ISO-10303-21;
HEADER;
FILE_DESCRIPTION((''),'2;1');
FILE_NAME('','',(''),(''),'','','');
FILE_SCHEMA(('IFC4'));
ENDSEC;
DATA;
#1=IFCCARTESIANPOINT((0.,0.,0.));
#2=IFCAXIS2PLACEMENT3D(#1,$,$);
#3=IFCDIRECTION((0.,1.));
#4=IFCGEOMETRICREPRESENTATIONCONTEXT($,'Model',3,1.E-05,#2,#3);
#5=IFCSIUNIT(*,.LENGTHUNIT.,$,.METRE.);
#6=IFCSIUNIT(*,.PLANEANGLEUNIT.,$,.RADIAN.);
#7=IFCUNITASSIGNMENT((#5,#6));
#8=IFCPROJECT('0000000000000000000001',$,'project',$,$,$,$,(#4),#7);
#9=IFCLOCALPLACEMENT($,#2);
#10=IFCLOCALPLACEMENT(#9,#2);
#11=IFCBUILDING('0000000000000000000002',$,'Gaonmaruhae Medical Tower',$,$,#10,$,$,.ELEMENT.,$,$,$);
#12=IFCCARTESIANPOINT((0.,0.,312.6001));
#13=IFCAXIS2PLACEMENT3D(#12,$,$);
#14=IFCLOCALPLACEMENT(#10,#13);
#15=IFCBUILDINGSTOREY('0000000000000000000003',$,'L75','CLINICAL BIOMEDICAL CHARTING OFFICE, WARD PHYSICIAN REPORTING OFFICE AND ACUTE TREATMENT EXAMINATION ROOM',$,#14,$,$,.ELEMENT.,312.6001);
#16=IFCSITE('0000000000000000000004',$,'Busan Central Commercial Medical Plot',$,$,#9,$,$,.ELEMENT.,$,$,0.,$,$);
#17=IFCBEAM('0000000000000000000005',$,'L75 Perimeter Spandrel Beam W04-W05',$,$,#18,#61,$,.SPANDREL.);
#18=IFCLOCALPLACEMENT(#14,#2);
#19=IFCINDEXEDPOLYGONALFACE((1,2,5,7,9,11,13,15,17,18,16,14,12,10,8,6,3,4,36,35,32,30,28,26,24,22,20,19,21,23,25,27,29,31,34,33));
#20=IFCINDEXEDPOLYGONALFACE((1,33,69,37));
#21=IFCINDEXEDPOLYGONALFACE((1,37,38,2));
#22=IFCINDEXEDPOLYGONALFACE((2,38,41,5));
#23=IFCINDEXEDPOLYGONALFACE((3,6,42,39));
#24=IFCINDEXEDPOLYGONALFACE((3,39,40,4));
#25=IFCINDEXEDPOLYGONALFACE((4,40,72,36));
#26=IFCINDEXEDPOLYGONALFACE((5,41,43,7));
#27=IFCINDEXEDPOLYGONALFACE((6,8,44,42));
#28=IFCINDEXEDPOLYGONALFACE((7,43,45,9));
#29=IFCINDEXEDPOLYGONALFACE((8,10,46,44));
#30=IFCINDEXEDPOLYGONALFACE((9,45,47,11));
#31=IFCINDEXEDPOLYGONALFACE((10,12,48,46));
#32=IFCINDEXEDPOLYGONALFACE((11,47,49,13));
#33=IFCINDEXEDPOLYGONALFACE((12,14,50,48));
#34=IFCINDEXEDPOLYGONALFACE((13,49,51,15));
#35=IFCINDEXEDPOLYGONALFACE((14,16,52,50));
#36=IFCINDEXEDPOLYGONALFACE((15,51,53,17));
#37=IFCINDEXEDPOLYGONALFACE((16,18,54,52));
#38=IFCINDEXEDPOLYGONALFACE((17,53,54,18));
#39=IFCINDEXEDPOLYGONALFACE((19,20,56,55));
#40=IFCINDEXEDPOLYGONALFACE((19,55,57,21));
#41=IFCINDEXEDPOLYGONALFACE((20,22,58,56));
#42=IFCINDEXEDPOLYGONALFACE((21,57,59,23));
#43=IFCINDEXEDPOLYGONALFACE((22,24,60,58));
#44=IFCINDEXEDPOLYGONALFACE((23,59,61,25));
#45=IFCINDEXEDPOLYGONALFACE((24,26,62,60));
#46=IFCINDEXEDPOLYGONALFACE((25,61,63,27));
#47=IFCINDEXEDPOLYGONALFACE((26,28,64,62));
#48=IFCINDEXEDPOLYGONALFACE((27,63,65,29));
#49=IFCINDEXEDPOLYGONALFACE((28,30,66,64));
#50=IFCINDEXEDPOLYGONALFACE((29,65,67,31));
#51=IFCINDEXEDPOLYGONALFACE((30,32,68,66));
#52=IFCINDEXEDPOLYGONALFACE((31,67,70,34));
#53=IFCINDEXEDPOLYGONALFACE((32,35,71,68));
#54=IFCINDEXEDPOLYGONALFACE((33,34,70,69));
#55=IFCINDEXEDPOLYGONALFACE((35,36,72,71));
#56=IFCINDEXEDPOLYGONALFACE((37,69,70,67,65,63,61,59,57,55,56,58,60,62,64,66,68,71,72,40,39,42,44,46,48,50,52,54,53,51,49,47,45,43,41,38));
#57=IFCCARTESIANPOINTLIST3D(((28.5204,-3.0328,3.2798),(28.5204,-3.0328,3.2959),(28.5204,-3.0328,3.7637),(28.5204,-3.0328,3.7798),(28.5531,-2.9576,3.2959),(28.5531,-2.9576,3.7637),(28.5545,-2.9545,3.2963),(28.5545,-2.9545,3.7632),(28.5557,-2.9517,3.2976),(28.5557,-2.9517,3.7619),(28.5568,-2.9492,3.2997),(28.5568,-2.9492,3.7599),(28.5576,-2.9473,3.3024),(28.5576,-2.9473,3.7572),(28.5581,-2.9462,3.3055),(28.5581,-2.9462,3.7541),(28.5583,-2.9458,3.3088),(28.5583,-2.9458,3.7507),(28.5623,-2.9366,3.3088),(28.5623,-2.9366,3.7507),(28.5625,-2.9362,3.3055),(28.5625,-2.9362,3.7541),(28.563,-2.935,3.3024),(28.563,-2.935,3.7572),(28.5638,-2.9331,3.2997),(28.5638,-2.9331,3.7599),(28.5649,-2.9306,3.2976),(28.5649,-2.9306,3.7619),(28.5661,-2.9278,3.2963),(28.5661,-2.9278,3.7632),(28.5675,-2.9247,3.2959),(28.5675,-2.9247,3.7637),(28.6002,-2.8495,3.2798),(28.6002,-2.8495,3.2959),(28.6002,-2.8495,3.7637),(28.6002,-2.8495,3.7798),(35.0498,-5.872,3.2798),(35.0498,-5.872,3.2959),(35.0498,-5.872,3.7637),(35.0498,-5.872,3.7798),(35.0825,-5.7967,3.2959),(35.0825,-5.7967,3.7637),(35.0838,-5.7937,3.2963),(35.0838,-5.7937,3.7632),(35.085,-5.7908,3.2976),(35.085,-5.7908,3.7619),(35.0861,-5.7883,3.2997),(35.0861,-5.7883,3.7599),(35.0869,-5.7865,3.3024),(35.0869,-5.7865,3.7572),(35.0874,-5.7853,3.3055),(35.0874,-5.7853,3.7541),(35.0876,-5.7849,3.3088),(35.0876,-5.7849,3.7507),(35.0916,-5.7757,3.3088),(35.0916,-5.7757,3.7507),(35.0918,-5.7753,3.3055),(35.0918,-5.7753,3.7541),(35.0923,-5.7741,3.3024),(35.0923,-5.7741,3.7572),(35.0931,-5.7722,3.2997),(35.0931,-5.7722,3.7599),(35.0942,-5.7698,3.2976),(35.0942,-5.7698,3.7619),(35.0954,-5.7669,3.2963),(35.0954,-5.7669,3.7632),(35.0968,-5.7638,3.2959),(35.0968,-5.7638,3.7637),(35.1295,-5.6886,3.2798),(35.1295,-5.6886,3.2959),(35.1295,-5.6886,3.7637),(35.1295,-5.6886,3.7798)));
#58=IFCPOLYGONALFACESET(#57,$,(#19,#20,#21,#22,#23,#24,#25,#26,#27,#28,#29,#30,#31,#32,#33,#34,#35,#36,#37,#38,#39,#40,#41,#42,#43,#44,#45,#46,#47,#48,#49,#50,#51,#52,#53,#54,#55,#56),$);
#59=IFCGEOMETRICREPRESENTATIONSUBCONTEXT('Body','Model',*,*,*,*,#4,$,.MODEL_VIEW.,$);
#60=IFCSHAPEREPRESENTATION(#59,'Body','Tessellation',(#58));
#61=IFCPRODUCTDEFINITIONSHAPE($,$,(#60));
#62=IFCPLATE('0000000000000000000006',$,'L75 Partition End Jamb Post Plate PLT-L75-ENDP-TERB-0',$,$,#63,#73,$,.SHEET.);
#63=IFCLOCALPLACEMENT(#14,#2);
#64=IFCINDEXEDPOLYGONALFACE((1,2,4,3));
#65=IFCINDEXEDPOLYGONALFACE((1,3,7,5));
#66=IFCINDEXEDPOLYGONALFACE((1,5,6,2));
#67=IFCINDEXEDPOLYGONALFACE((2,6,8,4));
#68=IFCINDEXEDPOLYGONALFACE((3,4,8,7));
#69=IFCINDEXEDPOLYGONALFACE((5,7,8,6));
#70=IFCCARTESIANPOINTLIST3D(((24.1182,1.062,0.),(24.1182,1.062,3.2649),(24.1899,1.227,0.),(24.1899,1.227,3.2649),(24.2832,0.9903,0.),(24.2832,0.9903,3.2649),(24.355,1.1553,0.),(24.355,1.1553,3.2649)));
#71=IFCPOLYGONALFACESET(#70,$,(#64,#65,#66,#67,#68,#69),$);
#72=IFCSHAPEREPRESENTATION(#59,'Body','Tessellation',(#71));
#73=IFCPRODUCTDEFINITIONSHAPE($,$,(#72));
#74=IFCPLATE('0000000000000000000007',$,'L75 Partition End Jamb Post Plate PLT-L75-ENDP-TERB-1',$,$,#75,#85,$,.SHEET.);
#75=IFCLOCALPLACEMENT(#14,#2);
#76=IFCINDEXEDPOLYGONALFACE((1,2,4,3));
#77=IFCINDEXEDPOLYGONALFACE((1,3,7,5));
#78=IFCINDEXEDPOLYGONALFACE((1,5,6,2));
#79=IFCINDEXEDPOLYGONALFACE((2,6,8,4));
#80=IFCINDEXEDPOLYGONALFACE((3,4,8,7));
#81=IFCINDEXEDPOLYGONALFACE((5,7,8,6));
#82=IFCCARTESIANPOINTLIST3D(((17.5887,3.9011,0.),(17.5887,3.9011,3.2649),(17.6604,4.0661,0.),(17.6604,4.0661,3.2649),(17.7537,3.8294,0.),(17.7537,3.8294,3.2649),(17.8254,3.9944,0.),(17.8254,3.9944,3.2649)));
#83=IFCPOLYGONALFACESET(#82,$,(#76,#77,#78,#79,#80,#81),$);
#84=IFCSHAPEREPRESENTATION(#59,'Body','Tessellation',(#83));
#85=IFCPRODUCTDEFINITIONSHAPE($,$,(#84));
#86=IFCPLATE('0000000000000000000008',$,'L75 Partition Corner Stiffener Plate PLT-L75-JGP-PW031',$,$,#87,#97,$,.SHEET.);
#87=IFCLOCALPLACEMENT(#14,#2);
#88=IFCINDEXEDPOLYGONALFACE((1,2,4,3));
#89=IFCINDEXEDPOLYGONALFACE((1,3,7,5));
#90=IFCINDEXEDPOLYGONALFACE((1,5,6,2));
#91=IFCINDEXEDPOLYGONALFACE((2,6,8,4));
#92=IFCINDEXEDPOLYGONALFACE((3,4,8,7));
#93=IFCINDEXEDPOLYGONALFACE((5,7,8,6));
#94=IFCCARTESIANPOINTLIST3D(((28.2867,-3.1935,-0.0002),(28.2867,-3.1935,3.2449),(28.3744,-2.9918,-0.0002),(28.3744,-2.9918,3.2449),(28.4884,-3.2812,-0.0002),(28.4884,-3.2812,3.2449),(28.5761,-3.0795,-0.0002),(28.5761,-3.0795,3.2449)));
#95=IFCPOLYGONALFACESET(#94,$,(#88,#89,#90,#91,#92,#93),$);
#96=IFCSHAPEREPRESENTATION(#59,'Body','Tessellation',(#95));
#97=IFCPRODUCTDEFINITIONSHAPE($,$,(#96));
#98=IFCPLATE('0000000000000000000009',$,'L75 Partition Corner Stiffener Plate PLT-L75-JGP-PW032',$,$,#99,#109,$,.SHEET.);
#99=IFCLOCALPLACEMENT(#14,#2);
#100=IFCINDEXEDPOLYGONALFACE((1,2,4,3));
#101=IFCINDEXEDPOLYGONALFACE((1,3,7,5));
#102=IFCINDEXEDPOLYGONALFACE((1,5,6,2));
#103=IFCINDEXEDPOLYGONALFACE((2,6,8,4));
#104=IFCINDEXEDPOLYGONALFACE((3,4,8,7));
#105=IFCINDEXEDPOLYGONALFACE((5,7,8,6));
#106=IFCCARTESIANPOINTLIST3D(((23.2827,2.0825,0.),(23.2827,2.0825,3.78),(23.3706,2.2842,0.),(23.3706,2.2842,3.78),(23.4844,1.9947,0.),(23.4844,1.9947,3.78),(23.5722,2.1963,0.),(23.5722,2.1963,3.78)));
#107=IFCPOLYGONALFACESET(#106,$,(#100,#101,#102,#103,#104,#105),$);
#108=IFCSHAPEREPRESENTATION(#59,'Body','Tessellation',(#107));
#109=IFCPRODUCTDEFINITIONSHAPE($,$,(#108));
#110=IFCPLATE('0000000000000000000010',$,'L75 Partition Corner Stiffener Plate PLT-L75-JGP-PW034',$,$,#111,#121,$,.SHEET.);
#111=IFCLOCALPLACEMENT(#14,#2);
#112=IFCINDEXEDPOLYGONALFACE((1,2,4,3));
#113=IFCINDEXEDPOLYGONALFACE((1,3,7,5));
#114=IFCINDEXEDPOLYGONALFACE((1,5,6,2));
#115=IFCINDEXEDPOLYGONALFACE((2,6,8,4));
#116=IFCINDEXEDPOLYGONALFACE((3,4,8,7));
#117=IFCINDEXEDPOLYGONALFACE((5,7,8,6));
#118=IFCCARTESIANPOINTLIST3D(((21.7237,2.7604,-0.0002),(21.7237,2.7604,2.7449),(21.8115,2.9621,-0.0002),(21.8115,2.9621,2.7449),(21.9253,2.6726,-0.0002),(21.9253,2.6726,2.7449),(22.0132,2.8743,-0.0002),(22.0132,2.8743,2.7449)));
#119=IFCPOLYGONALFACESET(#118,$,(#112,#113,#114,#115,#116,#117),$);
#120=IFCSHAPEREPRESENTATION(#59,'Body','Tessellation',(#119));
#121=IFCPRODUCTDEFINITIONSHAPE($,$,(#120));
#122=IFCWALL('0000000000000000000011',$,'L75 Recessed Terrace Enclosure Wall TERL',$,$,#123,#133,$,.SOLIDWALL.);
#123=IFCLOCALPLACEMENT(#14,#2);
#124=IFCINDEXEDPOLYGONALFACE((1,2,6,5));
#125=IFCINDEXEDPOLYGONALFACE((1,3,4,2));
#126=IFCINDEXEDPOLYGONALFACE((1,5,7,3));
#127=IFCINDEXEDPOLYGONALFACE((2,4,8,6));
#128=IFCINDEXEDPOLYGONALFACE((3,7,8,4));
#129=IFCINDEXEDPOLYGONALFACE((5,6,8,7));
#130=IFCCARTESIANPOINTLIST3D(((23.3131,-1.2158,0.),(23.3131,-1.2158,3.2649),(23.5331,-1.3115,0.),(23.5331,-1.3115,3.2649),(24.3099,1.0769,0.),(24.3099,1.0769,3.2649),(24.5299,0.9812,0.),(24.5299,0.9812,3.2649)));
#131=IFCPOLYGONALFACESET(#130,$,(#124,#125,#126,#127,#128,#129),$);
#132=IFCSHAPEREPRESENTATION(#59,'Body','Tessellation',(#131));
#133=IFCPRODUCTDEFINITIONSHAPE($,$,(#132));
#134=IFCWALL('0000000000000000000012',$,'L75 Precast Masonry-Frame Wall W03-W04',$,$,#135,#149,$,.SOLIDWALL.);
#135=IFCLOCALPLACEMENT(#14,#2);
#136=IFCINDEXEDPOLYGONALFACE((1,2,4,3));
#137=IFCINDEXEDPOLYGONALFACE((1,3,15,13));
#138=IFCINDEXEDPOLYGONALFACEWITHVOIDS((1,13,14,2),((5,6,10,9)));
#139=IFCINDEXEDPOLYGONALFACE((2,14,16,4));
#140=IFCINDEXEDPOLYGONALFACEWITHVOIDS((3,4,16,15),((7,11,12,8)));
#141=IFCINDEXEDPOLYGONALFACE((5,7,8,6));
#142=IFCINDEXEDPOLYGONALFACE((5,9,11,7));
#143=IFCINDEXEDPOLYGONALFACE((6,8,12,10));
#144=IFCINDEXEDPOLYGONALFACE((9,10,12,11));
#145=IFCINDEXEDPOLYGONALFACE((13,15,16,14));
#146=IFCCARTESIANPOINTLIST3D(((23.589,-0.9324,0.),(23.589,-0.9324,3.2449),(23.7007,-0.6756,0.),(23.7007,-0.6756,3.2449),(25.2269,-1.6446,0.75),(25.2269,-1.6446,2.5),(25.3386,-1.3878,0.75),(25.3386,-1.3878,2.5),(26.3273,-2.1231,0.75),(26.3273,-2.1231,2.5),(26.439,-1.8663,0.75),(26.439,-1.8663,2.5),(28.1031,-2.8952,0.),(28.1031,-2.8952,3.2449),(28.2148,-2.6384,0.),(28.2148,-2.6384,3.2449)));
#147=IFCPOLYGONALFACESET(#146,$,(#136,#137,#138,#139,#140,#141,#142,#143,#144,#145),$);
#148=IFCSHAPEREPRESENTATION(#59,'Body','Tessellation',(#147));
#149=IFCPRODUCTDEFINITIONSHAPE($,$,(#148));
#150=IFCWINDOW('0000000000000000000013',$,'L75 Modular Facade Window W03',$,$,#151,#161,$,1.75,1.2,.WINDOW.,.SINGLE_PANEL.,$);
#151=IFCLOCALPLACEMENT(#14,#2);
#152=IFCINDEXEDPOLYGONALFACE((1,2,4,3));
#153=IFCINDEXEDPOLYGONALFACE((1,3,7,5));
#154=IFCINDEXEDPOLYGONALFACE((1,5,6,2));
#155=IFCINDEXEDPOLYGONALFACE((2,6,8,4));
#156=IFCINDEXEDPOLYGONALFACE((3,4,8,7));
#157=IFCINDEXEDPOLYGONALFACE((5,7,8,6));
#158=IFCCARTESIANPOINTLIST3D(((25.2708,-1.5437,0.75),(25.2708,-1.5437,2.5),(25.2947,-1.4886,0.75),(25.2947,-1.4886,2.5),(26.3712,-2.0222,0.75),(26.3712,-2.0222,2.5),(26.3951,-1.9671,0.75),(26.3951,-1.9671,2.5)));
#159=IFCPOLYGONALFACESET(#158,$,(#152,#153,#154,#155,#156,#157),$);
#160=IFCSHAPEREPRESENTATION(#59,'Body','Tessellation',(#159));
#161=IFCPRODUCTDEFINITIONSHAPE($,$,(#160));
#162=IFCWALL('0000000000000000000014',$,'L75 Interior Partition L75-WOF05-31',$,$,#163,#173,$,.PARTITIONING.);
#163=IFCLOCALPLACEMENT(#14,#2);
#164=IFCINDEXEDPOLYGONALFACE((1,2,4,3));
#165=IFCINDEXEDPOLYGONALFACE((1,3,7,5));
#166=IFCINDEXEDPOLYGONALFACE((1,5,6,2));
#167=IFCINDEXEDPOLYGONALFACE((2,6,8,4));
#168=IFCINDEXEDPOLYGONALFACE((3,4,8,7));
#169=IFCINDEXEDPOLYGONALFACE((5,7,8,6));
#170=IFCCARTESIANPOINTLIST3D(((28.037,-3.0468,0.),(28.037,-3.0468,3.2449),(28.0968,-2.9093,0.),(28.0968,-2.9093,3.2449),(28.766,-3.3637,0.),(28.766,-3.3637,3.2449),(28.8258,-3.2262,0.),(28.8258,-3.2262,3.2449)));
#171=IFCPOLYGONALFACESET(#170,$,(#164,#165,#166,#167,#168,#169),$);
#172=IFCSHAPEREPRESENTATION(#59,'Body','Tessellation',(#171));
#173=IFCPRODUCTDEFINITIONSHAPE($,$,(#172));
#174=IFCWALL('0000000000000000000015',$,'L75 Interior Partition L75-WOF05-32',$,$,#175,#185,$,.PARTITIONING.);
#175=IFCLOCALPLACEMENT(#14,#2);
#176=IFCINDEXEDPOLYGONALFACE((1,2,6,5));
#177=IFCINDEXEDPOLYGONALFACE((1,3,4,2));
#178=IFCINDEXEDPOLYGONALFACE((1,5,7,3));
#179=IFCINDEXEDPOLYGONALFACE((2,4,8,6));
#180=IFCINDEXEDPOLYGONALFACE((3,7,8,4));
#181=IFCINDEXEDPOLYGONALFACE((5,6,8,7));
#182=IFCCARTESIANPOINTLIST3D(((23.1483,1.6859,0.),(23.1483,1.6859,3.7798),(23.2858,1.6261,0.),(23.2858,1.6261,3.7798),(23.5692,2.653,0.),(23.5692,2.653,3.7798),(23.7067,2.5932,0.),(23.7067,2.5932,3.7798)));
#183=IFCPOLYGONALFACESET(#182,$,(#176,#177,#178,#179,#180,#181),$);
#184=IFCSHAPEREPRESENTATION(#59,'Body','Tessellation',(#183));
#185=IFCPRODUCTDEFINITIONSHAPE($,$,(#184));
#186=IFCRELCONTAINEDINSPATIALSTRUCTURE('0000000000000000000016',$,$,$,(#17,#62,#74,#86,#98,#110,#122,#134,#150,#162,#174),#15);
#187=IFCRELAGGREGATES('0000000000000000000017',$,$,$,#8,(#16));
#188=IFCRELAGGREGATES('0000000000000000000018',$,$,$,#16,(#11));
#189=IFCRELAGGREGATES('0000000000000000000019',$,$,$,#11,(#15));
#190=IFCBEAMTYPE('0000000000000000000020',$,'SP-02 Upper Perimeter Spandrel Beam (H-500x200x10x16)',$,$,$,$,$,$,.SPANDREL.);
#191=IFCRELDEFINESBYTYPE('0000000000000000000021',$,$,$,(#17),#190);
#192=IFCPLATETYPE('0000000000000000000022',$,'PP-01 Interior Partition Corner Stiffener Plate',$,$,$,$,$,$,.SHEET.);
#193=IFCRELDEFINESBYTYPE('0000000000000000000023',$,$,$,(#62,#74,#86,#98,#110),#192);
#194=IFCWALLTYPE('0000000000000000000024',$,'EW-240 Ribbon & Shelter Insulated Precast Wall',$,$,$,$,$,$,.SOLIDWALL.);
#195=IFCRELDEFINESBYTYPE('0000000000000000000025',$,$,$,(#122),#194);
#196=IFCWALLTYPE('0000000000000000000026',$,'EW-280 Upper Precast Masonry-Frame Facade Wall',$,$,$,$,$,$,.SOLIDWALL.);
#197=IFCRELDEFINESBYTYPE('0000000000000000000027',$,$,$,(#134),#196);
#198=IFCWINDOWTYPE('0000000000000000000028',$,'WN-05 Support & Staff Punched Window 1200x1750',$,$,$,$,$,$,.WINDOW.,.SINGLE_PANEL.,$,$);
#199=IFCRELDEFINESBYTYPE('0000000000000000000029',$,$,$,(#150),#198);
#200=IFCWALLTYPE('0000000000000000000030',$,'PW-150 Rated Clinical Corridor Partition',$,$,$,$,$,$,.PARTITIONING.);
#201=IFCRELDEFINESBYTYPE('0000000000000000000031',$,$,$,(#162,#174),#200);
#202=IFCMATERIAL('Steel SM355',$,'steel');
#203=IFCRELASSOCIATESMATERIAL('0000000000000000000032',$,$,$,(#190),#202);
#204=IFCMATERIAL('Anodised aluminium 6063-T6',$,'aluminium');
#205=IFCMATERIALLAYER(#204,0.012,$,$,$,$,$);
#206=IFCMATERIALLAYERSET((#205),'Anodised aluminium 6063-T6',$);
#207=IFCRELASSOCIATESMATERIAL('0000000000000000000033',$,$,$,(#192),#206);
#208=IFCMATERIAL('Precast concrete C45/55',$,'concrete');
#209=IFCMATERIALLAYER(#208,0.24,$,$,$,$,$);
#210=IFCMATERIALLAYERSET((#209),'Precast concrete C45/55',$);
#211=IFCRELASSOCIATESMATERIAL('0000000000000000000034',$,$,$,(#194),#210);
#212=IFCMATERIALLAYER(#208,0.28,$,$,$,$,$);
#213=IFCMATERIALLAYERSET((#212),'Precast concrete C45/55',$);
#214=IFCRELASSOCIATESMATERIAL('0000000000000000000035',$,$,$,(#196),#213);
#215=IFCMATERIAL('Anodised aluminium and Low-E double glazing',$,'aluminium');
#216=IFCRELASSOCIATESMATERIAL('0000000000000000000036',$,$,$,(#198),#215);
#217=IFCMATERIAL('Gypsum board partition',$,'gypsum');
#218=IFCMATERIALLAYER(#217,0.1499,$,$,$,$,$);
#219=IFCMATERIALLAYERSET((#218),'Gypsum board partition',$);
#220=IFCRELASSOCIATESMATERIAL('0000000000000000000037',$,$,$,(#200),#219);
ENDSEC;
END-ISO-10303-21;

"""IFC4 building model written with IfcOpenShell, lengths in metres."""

from ifc_helpers import new_model, si_unit, direction, frame, frame_2d, origin, origin_2d, place, context, subcontext, project, spatial, rectangle, i_section, extrude, material, layer, layer_set, material_profile, profile_set, type_object, element, fill, save


model = new_model("IFC4")

# Units and contexts
model_context = context("Model", 3, precision=1e-05, world=origin(), true_north=direction((0.0, 1.0)))
body_context = subcontext(model_context, "Body", "Model", "MODEL_VIEW")
ifc_project = project(units=[si_unit("LENGTHUNIT", "METRE"), si_unit("PLANEANGLEUNIT", "RADIAN")], contexts=[model_context])

# Site, building, storey
site_placement = place(None, origin())
site = spatial("IfcSite", under=ifc_project, at=site_placement, Name="Busan Central Commercial Medical Plot", CompositionType="ELEMENT", RefElevation=0.0)
building_placement = place(site_placement, origin())
building = spatial("IfcBuilding", under=site, at=building_placement, Name="Gaonmaruhae Medical Tower", CompositionType="ELEMENT")
storey_placement = place(building_placement, frame((0.0, 0.0, 312.6001)))
storey = spatial("IfcBuildingStorey", under=building, at=storey_placement, Name="L75", Description="CLINICAL BIOMEDICAL CHARTING OFFICE, WARD PHYSICIAN REPORTING OFFICE AND ACUTE TREATMENT EXAMINATION ROOM", CompositionType="ELEMENT", Elevation=312.6001)

# Beam
ifc_material_1 = material(Name="Steel SM355", Category="steel")
ifc_material_profile_1 = material_profile(ifc_material_1, i_section(OverallWidth=0.2, OverallDepth=0.5, WebThickness=0.01, FlangeThickness=0.0161, FilletRadius=0.0129, at=origin_2d()), Name="H-500x200x10x16")
ifc_profile_set_1 = profile_set([ifc_material_profile_1], Name="Steel SM355")
beam_type_1 = type_object("IfcBeamType", Name="SP-02 Upper Perimeter Spandrel Beam (H-500x200x10x16)", PredefinedType="SPANDREL", material=ifc_profile_set_1)
beam_1_placement = place(storey_placement, frame((28.5603, -2.9412, 3.5298), z_axis=(0.917055, -0.39876, 0.0), x_axis=(0.39876, 0.917055, 0.0)))
element("IfcBeam", 1, at=beam_1_placement, inside=storey, type_object=beam_type_1, Name="L75 Perimeter Spandrel Beam W04-W05", PredefinedType="SPANDREL", context=body_context, shape_type="SweptSolid", body=[
    extrude(i_section(OverallWidth=0.2, OverallDepth=0.5, WebThickness=0.01, FlangeThickness=0.0161, FilletRadius=0.0129, at=origin_2d()), origin(), (0.0, 0.0, 1.0), 7.1199),
])

# Plates
ifc_material_2 = material(Name="Anodised aluminium 6063-T6", Category="aluminium")
ifc_layer_1 = layer(ifc_material_2, 0.012)
ifc_layer_set_1 = layer_set([ifc_layer_1], Name="Anodised aluminium 6063-T6")
plate_type = type_object("IfcPlateType", Name="PP-01 Interior Partition Corner Stiffener Plate", PredefinedType="SHEET", material=ifc_layer_set_1)
for number, where, z_axis, x_axis, name in (
    (2, (24.2366, 1.1086, 0.0), (0.0, 0.0, 1.0), (-0.91706, 0.398749, 0.0), "L75 Partition End Jamb Post Plate PLT-L75-ENDP-TERB-0"),
    (3, (17.707, 3.9478, 0.0), (0.0, 0.0, 1.0), (-0.91706, 0.398749, 0.0), "L75 Partition End Jamb Post Plate PLT-L75-ENDP-TERB-1"),
):
    element("IfcPlate", number, at=place(storey_placement, frame(where, z_axis=z_axis, x_axis=x_axis)), inside=storey, type_object=plate_type, Name=name, PredefinedType="SHEET", context=body_context, shape_type="SweptSolid", body=[
        extrude(rectangle(XDim=0.1799, YDim=0.1799, at=origin_2d()), origin(), (0.0, 0.0, 1.0), 3.2649),
    ])
plate_1_placement = place(storey_placement, frame((28.4314, -3.1365, -0.0002), z_axis=(0.0, 0.0, 1.0), x_axis=(-0.917053, 0.398765, 0.0)))
element("IfcPlate", 4, at=plate_1_placement, inside=storey, type_object=plate_type, Name="L75 Partition Corner Stiffener Plate PLT-L75-JGP-PW031", PredefinedType="SHEET", context=body_context, shape_type="SweptSolid", body=[
    extrude(rectangle(XDim=0.22, YDim=0.22, at=origin_2d()), origin(), (0.0, 0.0, 1.0), 3.2451),
])
plate_2_placement = place(storey_placement, frame((23.4275, 2.1394, 0.0), z_axis=(0.0, 0.0, 1.0), x_axis=(0.399181, 0.916872, 0.0)))
element("IfcPlate", 5, at=plate_2_placement, inside=storey, type_object=plate_type, Name="L75 Partition Corner Stiffener Plate PLT-L75-JGP-PW032", PredefinedType="SHEET", context=body_context, shape_type="SweptSolid", body=[
    extrude(rectangle(XDim=0.22, YDim=0.22, at=origin_2d()), origin(), (0.0, 0.0, 1.0), 3.78),
])
plate_3_placement = place(storey_placement, frame((21.8684, 2.8174, -0.0002), z_axis=(0.0, 0.0, 1.0), x_axis=(-0.399181, -0.916872, 0.0)))
element("IfcPlate", 6, at=plate_3_placement, inside=storey, type_object=plate_type, Name="L75 Partition Corner Stiffener Plate PLT-L75-JGP-PW034", PredefinedType="SHEET", context=body_context, shape_type="SweptSolid", body=[
    extrude(rectangle(XDim=0.22, YDim=0.22, at=origin_2d()), origin(), (0.0, 0.0, 1.0), 2.7451),
])

# Shared definitions
ifc_material_3 = material(Name="Precast concrete C45/55", Category="concrete")
ifc_layer_2 = layer(ifc_material_3, 0.24)
ifc_layer_set_2 = layer_set([ifc_layer_2], Name="Precast concrete C45/55")
wall_type_1 = type_object("IfcWallType", Name="EW-240 Ribbon & Shelter Insulated Precast Wall", PredefinedType="SOLIDWALL", material=ifc_layer_set_2)

# Wall
wall_1_placement = place(storey_placement, frame((23.4231, -1.2637, 0.0), z_axis=(0.0, 0.0, 1.0), x_axis=(0.398723, 0.917072, 0.0)))
element("IfcWall", 7, at=wall_1_placement, inside=storey, type_object=wall_type_1, Name="L75 Recessed Terrace Enclosure Wall TERL", PredefinedType="SOLIDWALL", context=body_context, shape_type="SweptSolid", body=[
    extrude(rectangle(XDim=2.5, YDim=0.24, at=frame_2d((1.25, 0.0))), origin(), (0.0, 0.0, 1.0), 3.2649),
])

# Wall, opening, window
ifc_layer_3 = layer(ifc_material_3, 0.28)
ifc_layer_set_3 = layer_set([ifc_layer_3], Name="Precast concrete C45/55")
wall_type_2 = type_object("IfcWallType", Name="EW-280 Upper Precast Masonry-Frame Facade Wall", PredefinedType="SOLIDWALL", material=ifc_layer_set_3)
wall_2_placement = place(storey_placement, frame((28.1589, -2.7668, 0.0), z_axis=(0.0, 0.0, 1.0), x_axis=(-0.917054, 0.398762, 0.0)))
wall_2 = element("IfcWall", 8, at=wall_2_placement, inside=storey, type_object=wall_type_2, Name="L75 Precast Masonry-Frame Wall W03-W04", PredefinedType="SOLIDWALL", context=body_context, shape_type="SweptSolid", body=[
    extrude(rectangle(XDim=4.9224, YDim=0.28, at=frame_2d((2.4612, 0.0))), origin(), (0.0, 0.0, 1.0), 3.2449),
])
opening_1_placement = place(wall_2_placement, frame((1.9363, 0.0, 0.75)))
opening_1 = element("IfcOpeningElement", 9, at=opening_1_placement, cuts=wall_2, PredefinedType="OPENING", context=body_context, shape_type="SweptSolid", body=[
    extrude(rectangle(XDim=1.2, YDim=1.75, at=frame_2d((0.6001, 0.875))), frame((0.0, 0.1499, 0.0), z_axis=(0.0, -1.0, 0.0), x_axis=(1.0, 0.0, 0.0)), (0.0, 0.0, 1.0), 0.3),
])
ifc_material_4 = material(Name="Anodised aluminium and Low-E double glazing", Category="aluminium")
window_type = type_object("IfcWindowType", Name="WN-05 Support & Staff Punched Window 1200x1750", PartitioningType="SINGLE_PANEL", PredefinedType="WINDOW", material=ifc_material_4)
window_placement = place(opening_1_placement, origin())
window = element("IfcWindow", 10, at=window_placement, inside=storey, type_object=window_type, Name="L75 Modular Facade Window W03", OverallHeight=1.75, OverallWidth=1.2, PartitioningType="SINGLE_PANEL", PredefinedType="WINDOW", context=body_context, shape_type="SweptSolid", body=[
    extrude(rectangle(XDim=1.2, YDim=1.75, at=frame_2d((0.6001, 0.875))), frame((0.0, 0.03, 0.0), z_axis=(0.0, -1.0, 0.0), x_axis=(1.0, 0.0, 0.0)), (0.0, 0.0, 1.0), 0.0601),
])
fill(opening_1, window)

# Walls
ifc_material_5 = material(Name="Gypsum board partition", Category="gypsum")
ifc_layer_4 = layer(ifc_material_5, 0.1499)
ifc_layer_set_4 = layer_set([ifc_layer_4], Name="Gypsum board partition")
wall_type_3 = type_object("IfcWallType", Name="PW-150 Rated Clinical Corridor Partition", PredefinedType="PARTITIONING", material=ifc_layer_set_4)
wall_3_placement = place(storey_placement, frame((28.7959, -3.2949, 0.0), z_axis=(0.0, 0.0, 1.0), x_axis=(-0.917099, 0.398659, 0.0)))
element("IfcWall", 11, at=wall_3_placement, inside=storey, type_object=wall_type_3, Name="L75 Interior Partition L75-WOF05-31", PredefinedType="PARTITIONING", context=body_context, shape_type="SweptSolid", body=[
    extrude(rectangle(XDim=0.7949, YDim=0.1499, at=frame_2d((0.3975, 0.0))), origin(), (0.0, 0.0, 1.0), 3.2449),
])
wall_4_placement = place(storey_placement, frame((23.217, 1.656, 0.0), z_axis=(0.0, 0.0, 1.0), x_axis=(0.399082, 0.916915, 0.0)))
element("IfcWall", 12, at=wall_4_placement, inside=storey, type_object=wall_type_3, Name="L75 Interior Partition L75-WOF05-32", PredefinedType="PARTITIONING", context=body_context, shape_type="SweptSolid", body=[
    extrude(rectangle(XDim=1.0547, YDim=0.1499, at=frame_2d((0.5273, 0.0))), origin(), (0.0, 0.0, 1.0), 3.7798),
])

save(model, "model.ifc")
